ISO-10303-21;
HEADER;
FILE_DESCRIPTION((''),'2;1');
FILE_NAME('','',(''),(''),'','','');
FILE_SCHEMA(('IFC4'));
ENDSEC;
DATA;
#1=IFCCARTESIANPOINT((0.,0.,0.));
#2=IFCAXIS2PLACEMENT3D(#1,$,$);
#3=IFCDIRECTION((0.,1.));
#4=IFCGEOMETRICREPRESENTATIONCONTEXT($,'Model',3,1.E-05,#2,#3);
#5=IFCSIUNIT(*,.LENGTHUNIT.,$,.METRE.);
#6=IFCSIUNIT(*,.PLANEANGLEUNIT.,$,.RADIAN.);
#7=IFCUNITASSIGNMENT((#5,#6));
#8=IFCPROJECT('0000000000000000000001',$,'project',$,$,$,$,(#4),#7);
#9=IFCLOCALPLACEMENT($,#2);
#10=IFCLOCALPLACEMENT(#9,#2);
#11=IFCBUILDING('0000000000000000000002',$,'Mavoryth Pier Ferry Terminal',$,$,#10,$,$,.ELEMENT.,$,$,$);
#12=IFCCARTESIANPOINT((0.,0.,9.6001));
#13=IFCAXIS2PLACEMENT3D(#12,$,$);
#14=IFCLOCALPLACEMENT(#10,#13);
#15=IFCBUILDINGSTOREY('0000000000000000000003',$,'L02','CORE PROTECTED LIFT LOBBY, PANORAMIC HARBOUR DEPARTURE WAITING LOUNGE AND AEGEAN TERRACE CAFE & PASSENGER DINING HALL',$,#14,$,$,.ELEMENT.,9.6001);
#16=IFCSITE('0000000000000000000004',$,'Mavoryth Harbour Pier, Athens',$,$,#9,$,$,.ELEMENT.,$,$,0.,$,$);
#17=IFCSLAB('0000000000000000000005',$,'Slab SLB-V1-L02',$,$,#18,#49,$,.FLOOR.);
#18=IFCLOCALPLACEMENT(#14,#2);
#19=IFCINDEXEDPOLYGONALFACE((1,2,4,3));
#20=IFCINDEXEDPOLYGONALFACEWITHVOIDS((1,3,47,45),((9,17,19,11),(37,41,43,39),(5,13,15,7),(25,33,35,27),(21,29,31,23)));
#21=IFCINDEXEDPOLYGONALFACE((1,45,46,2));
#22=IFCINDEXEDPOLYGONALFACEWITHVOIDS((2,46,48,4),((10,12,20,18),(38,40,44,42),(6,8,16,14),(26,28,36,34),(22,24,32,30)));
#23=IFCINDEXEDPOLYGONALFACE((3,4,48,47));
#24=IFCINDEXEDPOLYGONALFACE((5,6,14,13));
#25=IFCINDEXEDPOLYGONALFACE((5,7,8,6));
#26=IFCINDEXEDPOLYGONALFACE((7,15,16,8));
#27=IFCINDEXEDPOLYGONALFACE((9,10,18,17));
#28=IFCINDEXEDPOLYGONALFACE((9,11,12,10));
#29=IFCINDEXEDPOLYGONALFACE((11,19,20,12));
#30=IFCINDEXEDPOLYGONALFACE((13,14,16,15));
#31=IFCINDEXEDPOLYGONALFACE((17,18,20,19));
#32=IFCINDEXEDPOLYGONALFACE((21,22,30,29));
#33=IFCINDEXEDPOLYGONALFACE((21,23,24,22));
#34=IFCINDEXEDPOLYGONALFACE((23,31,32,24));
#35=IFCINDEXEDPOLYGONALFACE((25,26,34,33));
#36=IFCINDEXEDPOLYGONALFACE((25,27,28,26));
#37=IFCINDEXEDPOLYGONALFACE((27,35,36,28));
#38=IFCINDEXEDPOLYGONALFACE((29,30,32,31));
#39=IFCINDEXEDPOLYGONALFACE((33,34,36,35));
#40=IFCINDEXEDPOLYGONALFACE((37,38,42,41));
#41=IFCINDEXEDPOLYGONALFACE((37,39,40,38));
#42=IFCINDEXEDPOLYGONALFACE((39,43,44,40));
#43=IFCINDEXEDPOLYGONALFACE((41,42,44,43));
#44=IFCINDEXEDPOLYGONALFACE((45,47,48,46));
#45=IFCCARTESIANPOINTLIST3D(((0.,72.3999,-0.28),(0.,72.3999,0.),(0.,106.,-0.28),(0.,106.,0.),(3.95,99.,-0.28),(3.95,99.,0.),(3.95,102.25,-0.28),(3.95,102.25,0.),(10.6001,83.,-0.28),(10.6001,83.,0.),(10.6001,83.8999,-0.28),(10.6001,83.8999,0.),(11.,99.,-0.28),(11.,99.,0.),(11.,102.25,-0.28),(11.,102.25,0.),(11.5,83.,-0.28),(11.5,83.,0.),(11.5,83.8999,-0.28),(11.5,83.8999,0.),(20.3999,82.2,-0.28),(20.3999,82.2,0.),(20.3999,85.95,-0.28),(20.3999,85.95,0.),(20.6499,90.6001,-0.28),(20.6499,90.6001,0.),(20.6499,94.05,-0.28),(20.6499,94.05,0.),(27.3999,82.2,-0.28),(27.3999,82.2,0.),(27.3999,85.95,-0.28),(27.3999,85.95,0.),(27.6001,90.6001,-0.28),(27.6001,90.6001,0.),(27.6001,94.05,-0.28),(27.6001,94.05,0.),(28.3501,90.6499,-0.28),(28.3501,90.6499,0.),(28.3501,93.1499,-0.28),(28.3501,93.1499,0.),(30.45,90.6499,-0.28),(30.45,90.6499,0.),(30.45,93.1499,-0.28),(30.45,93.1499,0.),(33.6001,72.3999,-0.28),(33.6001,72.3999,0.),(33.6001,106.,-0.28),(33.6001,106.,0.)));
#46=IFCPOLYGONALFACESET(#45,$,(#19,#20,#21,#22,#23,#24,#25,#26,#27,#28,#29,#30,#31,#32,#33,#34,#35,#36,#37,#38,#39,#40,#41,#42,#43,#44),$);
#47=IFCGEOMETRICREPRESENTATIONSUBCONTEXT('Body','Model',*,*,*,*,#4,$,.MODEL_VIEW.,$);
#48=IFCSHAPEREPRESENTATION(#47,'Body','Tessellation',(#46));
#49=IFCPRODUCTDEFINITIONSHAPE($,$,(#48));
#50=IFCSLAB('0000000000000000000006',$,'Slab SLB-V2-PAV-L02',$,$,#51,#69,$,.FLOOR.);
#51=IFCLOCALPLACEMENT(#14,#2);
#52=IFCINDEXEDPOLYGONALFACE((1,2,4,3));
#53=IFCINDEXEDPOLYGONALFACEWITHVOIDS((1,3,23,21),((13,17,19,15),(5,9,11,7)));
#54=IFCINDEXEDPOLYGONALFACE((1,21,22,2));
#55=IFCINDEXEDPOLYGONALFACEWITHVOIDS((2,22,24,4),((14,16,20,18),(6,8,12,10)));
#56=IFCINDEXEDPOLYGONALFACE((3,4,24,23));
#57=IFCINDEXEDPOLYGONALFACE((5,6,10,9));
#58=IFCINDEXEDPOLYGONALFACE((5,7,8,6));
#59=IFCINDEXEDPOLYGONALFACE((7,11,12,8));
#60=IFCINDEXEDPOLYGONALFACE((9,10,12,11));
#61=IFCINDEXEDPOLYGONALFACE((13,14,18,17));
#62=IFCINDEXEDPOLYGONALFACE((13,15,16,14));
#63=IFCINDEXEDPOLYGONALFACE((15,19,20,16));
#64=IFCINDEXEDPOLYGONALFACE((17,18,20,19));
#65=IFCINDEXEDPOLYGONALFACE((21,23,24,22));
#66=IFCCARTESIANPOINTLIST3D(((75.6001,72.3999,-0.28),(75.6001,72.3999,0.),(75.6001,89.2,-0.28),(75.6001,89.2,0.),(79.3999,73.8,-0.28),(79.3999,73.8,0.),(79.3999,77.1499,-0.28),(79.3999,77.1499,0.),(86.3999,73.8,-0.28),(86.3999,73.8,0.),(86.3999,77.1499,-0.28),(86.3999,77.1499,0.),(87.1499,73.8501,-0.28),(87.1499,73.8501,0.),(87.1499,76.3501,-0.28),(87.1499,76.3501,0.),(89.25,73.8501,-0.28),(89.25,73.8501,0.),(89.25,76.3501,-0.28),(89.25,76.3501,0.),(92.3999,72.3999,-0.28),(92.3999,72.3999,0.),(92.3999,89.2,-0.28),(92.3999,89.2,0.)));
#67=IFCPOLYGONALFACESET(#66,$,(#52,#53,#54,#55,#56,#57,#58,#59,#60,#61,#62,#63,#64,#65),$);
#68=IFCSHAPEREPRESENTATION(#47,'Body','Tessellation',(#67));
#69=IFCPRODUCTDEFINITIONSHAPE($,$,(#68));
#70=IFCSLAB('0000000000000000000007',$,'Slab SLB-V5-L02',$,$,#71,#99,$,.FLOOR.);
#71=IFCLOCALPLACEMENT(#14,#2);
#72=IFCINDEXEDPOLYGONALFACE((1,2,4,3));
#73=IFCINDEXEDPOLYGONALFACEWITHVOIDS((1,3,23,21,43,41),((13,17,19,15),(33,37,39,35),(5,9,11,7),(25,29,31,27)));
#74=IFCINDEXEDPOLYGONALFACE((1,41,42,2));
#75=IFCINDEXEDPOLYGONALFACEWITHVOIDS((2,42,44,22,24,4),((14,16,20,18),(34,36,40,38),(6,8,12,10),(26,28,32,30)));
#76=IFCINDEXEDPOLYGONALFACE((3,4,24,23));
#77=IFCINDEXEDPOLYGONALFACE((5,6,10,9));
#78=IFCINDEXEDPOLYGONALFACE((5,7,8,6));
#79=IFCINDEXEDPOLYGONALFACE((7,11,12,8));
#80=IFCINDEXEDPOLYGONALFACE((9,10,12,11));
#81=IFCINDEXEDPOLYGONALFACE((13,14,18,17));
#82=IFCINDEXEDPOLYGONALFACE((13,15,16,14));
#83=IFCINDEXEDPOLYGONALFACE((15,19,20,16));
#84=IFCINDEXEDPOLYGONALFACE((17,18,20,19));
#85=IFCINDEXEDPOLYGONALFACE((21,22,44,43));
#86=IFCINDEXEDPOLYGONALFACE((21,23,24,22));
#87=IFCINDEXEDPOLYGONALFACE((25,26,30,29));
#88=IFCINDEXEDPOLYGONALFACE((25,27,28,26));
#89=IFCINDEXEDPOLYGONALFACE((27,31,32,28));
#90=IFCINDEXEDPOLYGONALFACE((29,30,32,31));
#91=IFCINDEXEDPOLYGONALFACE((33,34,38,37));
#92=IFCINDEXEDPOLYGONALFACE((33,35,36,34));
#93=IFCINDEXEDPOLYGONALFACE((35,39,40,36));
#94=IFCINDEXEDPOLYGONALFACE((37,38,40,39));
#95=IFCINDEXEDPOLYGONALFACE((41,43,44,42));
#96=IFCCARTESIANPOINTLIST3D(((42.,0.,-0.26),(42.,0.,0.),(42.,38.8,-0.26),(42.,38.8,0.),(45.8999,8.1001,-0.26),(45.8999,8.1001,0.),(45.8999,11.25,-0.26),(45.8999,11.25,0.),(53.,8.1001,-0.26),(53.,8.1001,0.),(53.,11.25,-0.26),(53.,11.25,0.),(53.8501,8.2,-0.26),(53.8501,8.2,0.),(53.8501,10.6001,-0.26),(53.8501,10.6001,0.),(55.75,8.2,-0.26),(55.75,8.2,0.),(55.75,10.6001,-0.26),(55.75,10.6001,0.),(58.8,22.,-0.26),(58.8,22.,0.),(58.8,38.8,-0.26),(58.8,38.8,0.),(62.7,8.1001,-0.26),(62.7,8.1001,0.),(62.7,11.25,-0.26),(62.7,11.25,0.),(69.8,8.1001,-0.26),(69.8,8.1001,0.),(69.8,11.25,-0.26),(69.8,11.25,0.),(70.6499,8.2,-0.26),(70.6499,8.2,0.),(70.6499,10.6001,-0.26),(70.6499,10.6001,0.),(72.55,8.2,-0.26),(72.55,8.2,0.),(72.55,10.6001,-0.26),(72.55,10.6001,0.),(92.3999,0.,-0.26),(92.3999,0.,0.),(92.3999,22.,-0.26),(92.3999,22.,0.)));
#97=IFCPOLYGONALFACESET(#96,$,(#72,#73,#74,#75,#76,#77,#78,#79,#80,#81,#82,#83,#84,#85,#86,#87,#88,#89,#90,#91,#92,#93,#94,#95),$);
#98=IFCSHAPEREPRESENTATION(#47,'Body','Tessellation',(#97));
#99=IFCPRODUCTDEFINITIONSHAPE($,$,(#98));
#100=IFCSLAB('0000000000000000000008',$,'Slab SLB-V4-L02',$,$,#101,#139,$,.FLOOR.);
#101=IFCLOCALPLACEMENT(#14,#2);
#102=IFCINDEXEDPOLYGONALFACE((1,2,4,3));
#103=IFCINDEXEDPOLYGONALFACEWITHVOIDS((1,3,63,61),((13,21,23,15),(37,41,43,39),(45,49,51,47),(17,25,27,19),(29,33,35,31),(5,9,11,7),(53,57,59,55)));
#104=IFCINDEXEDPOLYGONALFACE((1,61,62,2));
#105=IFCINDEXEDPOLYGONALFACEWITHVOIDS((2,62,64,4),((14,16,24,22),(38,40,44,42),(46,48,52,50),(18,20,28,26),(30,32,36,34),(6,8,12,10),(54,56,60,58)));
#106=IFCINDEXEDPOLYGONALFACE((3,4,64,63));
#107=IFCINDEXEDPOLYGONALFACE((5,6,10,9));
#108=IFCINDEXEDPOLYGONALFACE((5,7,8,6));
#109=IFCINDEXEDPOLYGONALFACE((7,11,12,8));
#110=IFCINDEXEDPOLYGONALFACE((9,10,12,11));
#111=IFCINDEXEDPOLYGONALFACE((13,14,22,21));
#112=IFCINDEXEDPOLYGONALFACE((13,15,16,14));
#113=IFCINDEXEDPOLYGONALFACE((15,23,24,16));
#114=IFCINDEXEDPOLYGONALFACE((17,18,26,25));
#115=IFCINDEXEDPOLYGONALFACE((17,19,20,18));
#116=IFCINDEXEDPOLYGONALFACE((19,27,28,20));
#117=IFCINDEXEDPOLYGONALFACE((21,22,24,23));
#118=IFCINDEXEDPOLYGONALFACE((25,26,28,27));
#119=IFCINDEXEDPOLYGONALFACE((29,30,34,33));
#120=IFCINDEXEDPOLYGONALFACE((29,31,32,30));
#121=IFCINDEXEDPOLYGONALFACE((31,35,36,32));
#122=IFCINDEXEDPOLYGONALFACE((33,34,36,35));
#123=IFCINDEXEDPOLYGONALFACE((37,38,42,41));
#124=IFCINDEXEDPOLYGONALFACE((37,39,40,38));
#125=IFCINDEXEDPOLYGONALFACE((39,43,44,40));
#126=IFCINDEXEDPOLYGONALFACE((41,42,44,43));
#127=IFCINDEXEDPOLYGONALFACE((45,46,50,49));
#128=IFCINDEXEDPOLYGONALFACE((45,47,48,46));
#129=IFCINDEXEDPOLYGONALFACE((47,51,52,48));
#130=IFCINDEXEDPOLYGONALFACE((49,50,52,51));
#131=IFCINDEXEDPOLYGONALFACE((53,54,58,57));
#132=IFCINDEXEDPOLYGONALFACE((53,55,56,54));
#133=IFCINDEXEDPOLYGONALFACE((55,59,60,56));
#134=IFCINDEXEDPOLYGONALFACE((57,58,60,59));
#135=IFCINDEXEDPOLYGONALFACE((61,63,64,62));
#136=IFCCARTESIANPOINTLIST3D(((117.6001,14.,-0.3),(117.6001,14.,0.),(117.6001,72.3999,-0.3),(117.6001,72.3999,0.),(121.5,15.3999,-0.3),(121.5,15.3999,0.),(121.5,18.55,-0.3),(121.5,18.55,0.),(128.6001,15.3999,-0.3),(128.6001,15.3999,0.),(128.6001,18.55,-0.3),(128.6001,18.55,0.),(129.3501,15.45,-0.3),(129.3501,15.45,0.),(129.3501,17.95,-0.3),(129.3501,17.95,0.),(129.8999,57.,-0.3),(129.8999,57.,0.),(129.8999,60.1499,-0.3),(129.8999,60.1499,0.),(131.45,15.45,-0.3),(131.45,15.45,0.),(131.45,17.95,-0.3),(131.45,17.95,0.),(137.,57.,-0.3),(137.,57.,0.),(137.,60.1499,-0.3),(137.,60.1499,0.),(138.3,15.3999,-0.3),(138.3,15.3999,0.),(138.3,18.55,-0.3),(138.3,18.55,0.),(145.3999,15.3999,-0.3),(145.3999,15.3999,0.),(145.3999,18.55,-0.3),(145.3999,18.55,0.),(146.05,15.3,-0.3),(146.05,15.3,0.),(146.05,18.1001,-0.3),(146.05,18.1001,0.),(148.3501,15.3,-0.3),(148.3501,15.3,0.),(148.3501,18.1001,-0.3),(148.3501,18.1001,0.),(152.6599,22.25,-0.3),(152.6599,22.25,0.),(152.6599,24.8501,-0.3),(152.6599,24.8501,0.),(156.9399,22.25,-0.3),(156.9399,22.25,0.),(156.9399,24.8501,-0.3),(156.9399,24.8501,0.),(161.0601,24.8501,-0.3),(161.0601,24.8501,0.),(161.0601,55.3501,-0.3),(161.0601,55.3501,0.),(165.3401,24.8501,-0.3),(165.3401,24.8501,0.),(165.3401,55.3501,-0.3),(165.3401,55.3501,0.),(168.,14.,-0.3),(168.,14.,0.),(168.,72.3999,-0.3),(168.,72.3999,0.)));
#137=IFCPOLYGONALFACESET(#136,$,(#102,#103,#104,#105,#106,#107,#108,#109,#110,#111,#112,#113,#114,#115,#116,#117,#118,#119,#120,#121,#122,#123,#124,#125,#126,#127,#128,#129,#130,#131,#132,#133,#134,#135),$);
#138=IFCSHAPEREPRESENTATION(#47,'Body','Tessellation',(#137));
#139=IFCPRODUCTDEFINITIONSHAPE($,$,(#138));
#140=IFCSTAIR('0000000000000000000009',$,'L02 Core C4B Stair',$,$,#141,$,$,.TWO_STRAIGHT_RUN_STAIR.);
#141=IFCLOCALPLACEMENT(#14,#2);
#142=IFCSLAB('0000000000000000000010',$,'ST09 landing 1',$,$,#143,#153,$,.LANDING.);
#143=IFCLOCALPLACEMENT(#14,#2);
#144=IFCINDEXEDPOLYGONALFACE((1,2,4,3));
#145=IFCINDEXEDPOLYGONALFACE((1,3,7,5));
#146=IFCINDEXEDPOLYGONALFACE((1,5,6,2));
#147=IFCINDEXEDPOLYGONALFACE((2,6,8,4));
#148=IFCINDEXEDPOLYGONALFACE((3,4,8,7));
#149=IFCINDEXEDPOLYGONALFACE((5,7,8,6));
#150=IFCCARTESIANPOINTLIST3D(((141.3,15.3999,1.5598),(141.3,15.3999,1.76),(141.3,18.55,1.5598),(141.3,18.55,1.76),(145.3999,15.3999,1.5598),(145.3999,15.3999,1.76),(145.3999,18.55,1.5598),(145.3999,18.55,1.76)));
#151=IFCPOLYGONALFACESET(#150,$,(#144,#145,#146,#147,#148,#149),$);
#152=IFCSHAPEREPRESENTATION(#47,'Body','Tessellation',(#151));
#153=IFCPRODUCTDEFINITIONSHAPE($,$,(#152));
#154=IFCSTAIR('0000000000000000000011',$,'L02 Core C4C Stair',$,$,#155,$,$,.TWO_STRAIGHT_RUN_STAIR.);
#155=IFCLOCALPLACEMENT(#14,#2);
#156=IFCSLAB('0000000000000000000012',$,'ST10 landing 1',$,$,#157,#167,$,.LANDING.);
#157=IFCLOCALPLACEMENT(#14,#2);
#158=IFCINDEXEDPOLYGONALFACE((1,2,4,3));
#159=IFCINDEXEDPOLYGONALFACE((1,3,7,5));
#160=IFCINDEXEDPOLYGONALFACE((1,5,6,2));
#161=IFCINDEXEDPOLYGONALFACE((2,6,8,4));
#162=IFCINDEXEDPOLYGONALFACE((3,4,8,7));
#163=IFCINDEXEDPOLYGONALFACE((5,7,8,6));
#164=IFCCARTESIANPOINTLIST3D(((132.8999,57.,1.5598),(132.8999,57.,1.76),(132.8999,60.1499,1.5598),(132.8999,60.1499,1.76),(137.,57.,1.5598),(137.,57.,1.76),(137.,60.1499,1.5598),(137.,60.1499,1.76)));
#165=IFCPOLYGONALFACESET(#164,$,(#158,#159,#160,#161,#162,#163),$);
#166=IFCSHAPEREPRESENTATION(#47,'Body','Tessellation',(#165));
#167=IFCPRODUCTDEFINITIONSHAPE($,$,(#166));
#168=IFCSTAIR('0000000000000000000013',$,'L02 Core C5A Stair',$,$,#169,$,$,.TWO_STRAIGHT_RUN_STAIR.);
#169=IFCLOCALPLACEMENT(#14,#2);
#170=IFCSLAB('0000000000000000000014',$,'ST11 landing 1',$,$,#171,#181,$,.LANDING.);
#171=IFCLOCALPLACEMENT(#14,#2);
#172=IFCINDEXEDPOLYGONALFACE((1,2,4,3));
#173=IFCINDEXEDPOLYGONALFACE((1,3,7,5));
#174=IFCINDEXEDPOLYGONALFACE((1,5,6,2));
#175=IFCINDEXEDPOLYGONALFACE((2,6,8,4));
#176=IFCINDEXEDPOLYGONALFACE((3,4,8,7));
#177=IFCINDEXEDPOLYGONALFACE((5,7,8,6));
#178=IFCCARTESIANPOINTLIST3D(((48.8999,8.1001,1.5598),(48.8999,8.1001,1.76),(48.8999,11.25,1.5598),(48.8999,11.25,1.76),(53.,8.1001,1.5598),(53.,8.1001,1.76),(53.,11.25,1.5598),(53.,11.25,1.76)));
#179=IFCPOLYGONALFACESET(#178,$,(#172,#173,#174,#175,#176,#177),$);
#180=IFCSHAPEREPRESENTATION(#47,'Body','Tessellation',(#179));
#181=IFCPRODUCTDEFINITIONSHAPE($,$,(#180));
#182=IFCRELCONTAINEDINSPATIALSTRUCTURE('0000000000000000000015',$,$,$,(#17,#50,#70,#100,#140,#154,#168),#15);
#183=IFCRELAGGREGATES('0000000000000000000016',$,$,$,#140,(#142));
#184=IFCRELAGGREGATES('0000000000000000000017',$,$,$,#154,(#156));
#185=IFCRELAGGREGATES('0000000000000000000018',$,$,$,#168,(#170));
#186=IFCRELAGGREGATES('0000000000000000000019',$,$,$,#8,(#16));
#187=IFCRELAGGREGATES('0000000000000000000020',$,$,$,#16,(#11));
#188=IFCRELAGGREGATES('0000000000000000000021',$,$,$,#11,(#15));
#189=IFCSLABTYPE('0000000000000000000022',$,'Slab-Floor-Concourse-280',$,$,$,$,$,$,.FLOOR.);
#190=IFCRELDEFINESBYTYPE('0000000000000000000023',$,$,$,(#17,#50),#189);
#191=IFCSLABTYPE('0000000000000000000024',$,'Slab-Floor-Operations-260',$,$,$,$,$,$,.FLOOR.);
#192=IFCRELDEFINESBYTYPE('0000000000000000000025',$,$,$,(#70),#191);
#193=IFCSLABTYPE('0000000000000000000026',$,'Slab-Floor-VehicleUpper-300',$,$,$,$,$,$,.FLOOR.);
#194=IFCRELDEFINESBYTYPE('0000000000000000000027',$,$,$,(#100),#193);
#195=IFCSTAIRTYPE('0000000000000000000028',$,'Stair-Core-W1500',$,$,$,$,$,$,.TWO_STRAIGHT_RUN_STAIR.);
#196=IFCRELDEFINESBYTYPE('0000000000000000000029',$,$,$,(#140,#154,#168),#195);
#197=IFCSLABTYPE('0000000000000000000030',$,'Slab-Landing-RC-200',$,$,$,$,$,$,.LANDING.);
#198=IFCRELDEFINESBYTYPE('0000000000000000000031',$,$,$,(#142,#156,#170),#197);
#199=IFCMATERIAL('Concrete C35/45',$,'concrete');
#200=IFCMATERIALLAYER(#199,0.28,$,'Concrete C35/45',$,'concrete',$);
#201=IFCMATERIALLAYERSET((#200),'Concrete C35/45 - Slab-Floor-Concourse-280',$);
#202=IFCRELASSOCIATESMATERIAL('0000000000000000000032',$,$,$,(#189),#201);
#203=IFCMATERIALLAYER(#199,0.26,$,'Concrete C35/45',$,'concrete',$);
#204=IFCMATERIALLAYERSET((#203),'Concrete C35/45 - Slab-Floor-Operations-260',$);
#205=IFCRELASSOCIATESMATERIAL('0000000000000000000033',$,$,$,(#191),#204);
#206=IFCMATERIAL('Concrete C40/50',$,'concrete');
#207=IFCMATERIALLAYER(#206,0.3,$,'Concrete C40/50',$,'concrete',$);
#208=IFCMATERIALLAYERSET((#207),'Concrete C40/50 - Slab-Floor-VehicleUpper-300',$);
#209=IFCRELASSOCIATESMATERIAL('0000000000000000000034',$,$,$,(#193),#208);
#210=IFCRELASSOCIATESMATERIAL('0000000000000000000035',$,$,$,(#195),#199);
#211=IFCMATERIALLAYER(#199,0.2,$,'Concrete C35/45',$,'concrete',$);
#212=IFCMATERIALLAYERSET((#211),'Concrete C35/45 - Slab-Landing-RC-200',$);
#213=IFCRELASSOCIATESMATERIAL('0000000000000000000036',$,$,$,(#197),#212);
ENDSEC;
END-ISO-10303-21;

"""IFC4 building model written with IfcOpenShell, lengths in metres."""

from ifc_helpers import new_model, si_unit, direction, frame, origin, place, context, subcontext, project, spatial, polyline, outline, extrude, material, layer, layer_set, type_object, element, aggregate, save


model = new_model("IFC4")

# Units and contexts
model_context = context("Model", 3, precision=1e-05, world=origin(), true_north=direction((0.0, 1.0)))
body_context = subcontext(model_context, "Body", "Model", "MODEL_VIEW")
ifc_project = project(units=[si_unit("LENGTHUNIT", "METRE"), si_unit("PLANEANGLEUNIT", "RADIAN")], contexts=[model_context])

# Site, building, storey
site_placement = place(None, origin())
site = spatial("IfcSite", under=ifc_project, at=site_placement, Name="Mavoryth Harbour Pier, Athens", CompositionType="ELEMENT", RefElevation=0.0)
building_placement = place(site_placement, origin())
building = spatial("IfcBuilding", under=site, at=building_placement, Name="Mavoryth Pier Ferry Terminal", CompositionType="ELEMENT")
storey_placement = place(building_placement, frame((0.0, 0.0, 9.6001)))
storey = spatial("IfcBuildingStorey", under=building, at=storey_placement, Name="L02", Description="CORE PROTECTED LIFT LOBBY, PANORAMIC HARBOUR DEPARTURE WAITING LOUNGE AND AEGEAN TERRACE CAFE & PASSENGER DINING HALL", CompositionType="ELEMENT", Elevation=9.6001)

# Slabs
ifc_material_1 = material(Name="Concrete C35/45", Category="concrete")
ifc_layer_1 = layer(ifc_material_1, 0.28, Name="Concrete C35/45", Category="concrete")
ifc_layer_set_1 = layer_set([ifc_layer_1], Name="Concrete C35/45 - Slab-Floor-Concourse-280")
slab_type_1 = type_object("IfcSlabType", Name="Slab-Floor-Concourse-280", PredefinedType="FLOOR", material=ifc_layer_set_1)
slab_1_placement = place(storey_placement, frame((0.0, 0.0, -0.28)))
element("IfcSlab", 1, at=slab_1_placement, inside=storey, type_object=slab_type_1, Name="Slab SLB-V1-L02", PredefinedType="FLOOR", context=body_context, shape_type="SweptSolid", body=[
    extrude(outline(polyline([(0.0, 72.3999), (33.6001, 72.3999), (33.6001, 106.0), (0.0, 106.0), (0.0, 72.3999)]), holes=[polyline([(20.6499, 90.6001), (27.6001, 90.6001), (27.6001, 94.05), (20.6499, 94.05), (20.6499, 90.6001)]), polyline([(3.95, 99.0), (11.0, 99.0), (11.0, 102.25), (3.95, 102.25), (3.95, 99.0)]), polyline([(20.3999, 82.2), (27.3999, 82.2), (27.3999, 85.95), (20.3999, 85.95), (20.3999, 82.2)]), polyline([(28.3501, 90.6499), (30.45, 90.6499), (30.45, 93.1499), (28.3501, 93.1499), (28.3501, 90.6499)]), polyline([(10.6001, 83.0), (11.5, 83.0), (11.5, 83.8999), (10.6001, 83.8999), (10.6001, 83.0)])]), origin(), (0.0, 0.0, 1.0), 0.28),
])
slab_2_placement = place(storey_placement, frame((0.0, 0.0, -0.28)))
element("IfcSlab", 2, at=slab_2_placement, inside=storey, type_object=slab_type_1, Name="Slab SLB-V2-PAV-L02", PredefinedType="FLOOR", context=body_context, shape_type="SweptSolid", body=[
    extrude(outline(polyline([(75.6001, 72.3999), (92.3999, 72.3999), (92.3999, 89.2), (75.6001, 89.2), (75.6001, 72.3999)]), holes=[polyline([(79.3999, 73.8), (86.3999, 73.8), (86.3999, 77.1499), (79.3999, 77.1499), (79.3999, 73.8)]), polyline([(87.1499, 73.8501), (89.25, 73.8501), (89.25, 76.3501), (87.1499, 76.3501), (87.1499, 73.8501)])]), origin(), (0.0, 0.0, 1.0), 0.28),
])
ifc_layer_2 = layer(ifc_material_1, 0.26, Name="Concrete C35/45", Category="concrete")
ifc_layer_set_2 = layer_set([ifc_layer_2], Name="Concrete C35/45 - Slab-Floor-Operations-260")
slab_type_2 = type_object("IfcSlabType", Name="Slab-Floor-Operations-260", PredefinedType="FLOOR", material=ifc_layer_set_2)
slab_3_placement = place(storey_placement, frame((0.0, 0.0, -0.26)))
element("IfcSlab", 3, at=slab_3_placement, inside=storey, type_object=slab_type_2, Name="Slab SLB-V5-L02", PredefinedType="FLOOR", context=body_context, shape_type="SweptSolid", body=[
    extrude(outline(polyline([(42.0, 0.0), (92.3999, 0.0), (92.3999, 22.0), (58.8, 22.0), (58.8, 38.8), (42.0, 38.8), (42.0, 0.0)]), holes=[polyline([(45.8999, 8.1001), (53.0, 8.1001), (53.0, 11.25), (45.8999, 11.25), (45.8999, 8.1001)]), polyline([(62.7, 8.1001), (69.8, 8.1001), (69.8, 11.25), (62.7, 11.25), (62.7, 8.1001)]), polyline([(53.8501, 8.2), (55.75, 8.2), (55.75, 10.6001), (53.8501, 10.6001), (53.8501, 8.2)]), polyline([(70.6499, 8.2), (72.55, 8.2), (72.55, 10.6001), (70.6499, 10.6001), (70.6499, 8.2)])]), origin(), (0.0, 0.0, 1.0), 0.26),
])
ifc_material_2 = material(Name="Concrete C40/50", Category="concrete")
ifc_layer_3 = layer(ifc_material_2, 0.3, Name="Concrete C40/50", Category="concrete")
ifc_layer_set_3 = layer_set([ifc_layer_3], Name="Concrete C40/50 - Slab-Floor-VehicleUpper-300")
slab_type_3 = type_object("IfcSlabType", Name="Slab-Floor-VehicleUpper-300", PredefinedType="FLOOR", material=ifc_layer_set_3)
slab_4_placement = place(storey_placement, frame((0.0, 0.0, -0.3)))
element("IfcSlab", 4, at=slab_4_placement, inside=storey, type_object=slab_type_3, Name="Slab SLB-V4-L02", PredefinedType="FLOOR", context=body_context, shape_type="SweptSolid", body=[
    extrude(outline(polyline([(117.6001, 14.0), (168.0, 14.0), (168.0, 72.3999), (117.6001, 72.3999), (117.6001, 14.0)]), holes=[polyline([(121.5, 15.3999), (128.6001, 15.3999), (128.6001, 18.55), (121.5, 18.55), (121.5, 15.3999)]), polyline([(138.3, 15.3999), (145.3999, 15.3999), (145.3999, 18.55), (138.3, 18.55), (138.3, 15.3999)]), polyline([(129.8999, 57.0), (137.0, 57.0), (137.0, 60.1499), (129.8999, 60.1499), (129.8999, 57.0)]), polyline([(129.3501, 15.45), (131.45, 15.45), (131.45, 17.95), (129.3501, 17.95), (129.3501, 15.45)]), polyline([(146.05, 15.3), (148.3501, 15.3), (148.3501, 18.1001), (146.05, 18.1001), (146.05, 15.3)]), polyline([(161.0601, 24.8501), (165.3401, 24.8501), (165.3401, 55.3501), (161.0601, 55.3501), (161.0601, 24.8501)]), polyline([(152.6599, 22.25), (156.9399, 22.25), (156.9399, 24.8501), (152.6599, 24.8501), (152.6599, 22.25)])]), origin(), (0.0, 0.0, 1.0), 0.3),
])

# Stairs, slabs
stair_type = type_object("IfcStairType", Name="Stair-Core-W1500", PredefinedType="TWO_STRAIGHT_RUN_STAIR", material=ifc_material_1)
stair_1_placement = place(storey_placement, origin())
stair_1 = element("IfcStair", 5, at=stair_1_placement, inside=storey, type_object=stair_type, Name="L02 Core C4B Stair", PredefinedType="TWO_STRAIGHT_RUN_STAIR")
ifc_layer_4 = layer(ifc_material_1, 0.2, Name="Concrete C35/45", Category="concrete")
ifc_layer_set_4 = layer_set([ifc_layer_4], Name="Concrete C35/45 - Slab-Landing-RC-200")
slab_type_4 = type_object("IfcSlabType", Name="Slab-Landing-RC-200", PredefinedType="LANDING", material=ifc_layer_set_4)
slab_5_placement = place(storey_placement, frame((0.0, 0.0, 1.5598)))
slab_5 = element("IfcSlab", 6, at=slab_5_placement, type_object=slab_type_4, Name="ST09 landing 1", PredefinedType="LANDING", context=body_context, shape_type="SweptSolid", body=[
    extrude(outline(polyline([(141.3, 15.3999), (145.3999, 15.3999), (145.3999, 18.55), (141.3, 18.55), (141.3, 15.3999)])), origin(), (0.0, 0.0, 1.0), 0.2002),
])
aggregate(stair_1, [slab_5])
stair_2_placement = place(storey_placement, origin())
stair_2 = element("IfcStair", 7, at=stair_2_placement, inside=storey, type_object=stair_type, Name="L02 Core C4C Stair", PredefinedType="TWO_STRAIGHT_RUN_STAIR")
slab_6_placement = place(storey_placement, frame((0.0, 0.0, 1.5598)))
slab_6 = element("IfcSlab", 8, at=slab_6_placement, type_object=slab_type_4, Name="ST10 landing 1", PredefinedType="LANDING", context=body_context, shape_type="SweptSolid", body=[
    extrude(outline(polyline([(132.8999, 57.0), (137.0, 57.0), (137.0, 60.1499), (132.8999, 60.1499), (132.8999, 57.0)])), origin(), (0.0, 0.0, 1.0), 0.2002),
])
aggregate(stair_2, [slab_6])
stair_3_placement = place(storey_placement, origin())
stair_3 = element("IfcStair", 9, at=stair_3_placement, inside=storey, type_object=stair_type, Name="L02 Core C5A Stair", PredefinedType="TWO_STRAIGHT_RUN_STAIR")
slab_7_placement = place(storey_placement, frame((0.0, 0.0, 1.5598)))
slab_7 = element("IfcSlab", 10, at=slab_7_placement, type_object=slab_type_4, Name="ST11 landing 1", PredefinedType="LANDING", context=body_context, shape_type="SweptSolid", body=[
    extrude(outline(polyline([(48.8999, 8.1001), (53.0, 8.1001), (53.0, 11.25), (48.8999, 11.25), (48.8999, 8.1001)])), origin(), (0.0, 0.0, 1.0), 0.2002),
])
aggregate(stair_3, [slab_7])

save(model, "model.ifc")
